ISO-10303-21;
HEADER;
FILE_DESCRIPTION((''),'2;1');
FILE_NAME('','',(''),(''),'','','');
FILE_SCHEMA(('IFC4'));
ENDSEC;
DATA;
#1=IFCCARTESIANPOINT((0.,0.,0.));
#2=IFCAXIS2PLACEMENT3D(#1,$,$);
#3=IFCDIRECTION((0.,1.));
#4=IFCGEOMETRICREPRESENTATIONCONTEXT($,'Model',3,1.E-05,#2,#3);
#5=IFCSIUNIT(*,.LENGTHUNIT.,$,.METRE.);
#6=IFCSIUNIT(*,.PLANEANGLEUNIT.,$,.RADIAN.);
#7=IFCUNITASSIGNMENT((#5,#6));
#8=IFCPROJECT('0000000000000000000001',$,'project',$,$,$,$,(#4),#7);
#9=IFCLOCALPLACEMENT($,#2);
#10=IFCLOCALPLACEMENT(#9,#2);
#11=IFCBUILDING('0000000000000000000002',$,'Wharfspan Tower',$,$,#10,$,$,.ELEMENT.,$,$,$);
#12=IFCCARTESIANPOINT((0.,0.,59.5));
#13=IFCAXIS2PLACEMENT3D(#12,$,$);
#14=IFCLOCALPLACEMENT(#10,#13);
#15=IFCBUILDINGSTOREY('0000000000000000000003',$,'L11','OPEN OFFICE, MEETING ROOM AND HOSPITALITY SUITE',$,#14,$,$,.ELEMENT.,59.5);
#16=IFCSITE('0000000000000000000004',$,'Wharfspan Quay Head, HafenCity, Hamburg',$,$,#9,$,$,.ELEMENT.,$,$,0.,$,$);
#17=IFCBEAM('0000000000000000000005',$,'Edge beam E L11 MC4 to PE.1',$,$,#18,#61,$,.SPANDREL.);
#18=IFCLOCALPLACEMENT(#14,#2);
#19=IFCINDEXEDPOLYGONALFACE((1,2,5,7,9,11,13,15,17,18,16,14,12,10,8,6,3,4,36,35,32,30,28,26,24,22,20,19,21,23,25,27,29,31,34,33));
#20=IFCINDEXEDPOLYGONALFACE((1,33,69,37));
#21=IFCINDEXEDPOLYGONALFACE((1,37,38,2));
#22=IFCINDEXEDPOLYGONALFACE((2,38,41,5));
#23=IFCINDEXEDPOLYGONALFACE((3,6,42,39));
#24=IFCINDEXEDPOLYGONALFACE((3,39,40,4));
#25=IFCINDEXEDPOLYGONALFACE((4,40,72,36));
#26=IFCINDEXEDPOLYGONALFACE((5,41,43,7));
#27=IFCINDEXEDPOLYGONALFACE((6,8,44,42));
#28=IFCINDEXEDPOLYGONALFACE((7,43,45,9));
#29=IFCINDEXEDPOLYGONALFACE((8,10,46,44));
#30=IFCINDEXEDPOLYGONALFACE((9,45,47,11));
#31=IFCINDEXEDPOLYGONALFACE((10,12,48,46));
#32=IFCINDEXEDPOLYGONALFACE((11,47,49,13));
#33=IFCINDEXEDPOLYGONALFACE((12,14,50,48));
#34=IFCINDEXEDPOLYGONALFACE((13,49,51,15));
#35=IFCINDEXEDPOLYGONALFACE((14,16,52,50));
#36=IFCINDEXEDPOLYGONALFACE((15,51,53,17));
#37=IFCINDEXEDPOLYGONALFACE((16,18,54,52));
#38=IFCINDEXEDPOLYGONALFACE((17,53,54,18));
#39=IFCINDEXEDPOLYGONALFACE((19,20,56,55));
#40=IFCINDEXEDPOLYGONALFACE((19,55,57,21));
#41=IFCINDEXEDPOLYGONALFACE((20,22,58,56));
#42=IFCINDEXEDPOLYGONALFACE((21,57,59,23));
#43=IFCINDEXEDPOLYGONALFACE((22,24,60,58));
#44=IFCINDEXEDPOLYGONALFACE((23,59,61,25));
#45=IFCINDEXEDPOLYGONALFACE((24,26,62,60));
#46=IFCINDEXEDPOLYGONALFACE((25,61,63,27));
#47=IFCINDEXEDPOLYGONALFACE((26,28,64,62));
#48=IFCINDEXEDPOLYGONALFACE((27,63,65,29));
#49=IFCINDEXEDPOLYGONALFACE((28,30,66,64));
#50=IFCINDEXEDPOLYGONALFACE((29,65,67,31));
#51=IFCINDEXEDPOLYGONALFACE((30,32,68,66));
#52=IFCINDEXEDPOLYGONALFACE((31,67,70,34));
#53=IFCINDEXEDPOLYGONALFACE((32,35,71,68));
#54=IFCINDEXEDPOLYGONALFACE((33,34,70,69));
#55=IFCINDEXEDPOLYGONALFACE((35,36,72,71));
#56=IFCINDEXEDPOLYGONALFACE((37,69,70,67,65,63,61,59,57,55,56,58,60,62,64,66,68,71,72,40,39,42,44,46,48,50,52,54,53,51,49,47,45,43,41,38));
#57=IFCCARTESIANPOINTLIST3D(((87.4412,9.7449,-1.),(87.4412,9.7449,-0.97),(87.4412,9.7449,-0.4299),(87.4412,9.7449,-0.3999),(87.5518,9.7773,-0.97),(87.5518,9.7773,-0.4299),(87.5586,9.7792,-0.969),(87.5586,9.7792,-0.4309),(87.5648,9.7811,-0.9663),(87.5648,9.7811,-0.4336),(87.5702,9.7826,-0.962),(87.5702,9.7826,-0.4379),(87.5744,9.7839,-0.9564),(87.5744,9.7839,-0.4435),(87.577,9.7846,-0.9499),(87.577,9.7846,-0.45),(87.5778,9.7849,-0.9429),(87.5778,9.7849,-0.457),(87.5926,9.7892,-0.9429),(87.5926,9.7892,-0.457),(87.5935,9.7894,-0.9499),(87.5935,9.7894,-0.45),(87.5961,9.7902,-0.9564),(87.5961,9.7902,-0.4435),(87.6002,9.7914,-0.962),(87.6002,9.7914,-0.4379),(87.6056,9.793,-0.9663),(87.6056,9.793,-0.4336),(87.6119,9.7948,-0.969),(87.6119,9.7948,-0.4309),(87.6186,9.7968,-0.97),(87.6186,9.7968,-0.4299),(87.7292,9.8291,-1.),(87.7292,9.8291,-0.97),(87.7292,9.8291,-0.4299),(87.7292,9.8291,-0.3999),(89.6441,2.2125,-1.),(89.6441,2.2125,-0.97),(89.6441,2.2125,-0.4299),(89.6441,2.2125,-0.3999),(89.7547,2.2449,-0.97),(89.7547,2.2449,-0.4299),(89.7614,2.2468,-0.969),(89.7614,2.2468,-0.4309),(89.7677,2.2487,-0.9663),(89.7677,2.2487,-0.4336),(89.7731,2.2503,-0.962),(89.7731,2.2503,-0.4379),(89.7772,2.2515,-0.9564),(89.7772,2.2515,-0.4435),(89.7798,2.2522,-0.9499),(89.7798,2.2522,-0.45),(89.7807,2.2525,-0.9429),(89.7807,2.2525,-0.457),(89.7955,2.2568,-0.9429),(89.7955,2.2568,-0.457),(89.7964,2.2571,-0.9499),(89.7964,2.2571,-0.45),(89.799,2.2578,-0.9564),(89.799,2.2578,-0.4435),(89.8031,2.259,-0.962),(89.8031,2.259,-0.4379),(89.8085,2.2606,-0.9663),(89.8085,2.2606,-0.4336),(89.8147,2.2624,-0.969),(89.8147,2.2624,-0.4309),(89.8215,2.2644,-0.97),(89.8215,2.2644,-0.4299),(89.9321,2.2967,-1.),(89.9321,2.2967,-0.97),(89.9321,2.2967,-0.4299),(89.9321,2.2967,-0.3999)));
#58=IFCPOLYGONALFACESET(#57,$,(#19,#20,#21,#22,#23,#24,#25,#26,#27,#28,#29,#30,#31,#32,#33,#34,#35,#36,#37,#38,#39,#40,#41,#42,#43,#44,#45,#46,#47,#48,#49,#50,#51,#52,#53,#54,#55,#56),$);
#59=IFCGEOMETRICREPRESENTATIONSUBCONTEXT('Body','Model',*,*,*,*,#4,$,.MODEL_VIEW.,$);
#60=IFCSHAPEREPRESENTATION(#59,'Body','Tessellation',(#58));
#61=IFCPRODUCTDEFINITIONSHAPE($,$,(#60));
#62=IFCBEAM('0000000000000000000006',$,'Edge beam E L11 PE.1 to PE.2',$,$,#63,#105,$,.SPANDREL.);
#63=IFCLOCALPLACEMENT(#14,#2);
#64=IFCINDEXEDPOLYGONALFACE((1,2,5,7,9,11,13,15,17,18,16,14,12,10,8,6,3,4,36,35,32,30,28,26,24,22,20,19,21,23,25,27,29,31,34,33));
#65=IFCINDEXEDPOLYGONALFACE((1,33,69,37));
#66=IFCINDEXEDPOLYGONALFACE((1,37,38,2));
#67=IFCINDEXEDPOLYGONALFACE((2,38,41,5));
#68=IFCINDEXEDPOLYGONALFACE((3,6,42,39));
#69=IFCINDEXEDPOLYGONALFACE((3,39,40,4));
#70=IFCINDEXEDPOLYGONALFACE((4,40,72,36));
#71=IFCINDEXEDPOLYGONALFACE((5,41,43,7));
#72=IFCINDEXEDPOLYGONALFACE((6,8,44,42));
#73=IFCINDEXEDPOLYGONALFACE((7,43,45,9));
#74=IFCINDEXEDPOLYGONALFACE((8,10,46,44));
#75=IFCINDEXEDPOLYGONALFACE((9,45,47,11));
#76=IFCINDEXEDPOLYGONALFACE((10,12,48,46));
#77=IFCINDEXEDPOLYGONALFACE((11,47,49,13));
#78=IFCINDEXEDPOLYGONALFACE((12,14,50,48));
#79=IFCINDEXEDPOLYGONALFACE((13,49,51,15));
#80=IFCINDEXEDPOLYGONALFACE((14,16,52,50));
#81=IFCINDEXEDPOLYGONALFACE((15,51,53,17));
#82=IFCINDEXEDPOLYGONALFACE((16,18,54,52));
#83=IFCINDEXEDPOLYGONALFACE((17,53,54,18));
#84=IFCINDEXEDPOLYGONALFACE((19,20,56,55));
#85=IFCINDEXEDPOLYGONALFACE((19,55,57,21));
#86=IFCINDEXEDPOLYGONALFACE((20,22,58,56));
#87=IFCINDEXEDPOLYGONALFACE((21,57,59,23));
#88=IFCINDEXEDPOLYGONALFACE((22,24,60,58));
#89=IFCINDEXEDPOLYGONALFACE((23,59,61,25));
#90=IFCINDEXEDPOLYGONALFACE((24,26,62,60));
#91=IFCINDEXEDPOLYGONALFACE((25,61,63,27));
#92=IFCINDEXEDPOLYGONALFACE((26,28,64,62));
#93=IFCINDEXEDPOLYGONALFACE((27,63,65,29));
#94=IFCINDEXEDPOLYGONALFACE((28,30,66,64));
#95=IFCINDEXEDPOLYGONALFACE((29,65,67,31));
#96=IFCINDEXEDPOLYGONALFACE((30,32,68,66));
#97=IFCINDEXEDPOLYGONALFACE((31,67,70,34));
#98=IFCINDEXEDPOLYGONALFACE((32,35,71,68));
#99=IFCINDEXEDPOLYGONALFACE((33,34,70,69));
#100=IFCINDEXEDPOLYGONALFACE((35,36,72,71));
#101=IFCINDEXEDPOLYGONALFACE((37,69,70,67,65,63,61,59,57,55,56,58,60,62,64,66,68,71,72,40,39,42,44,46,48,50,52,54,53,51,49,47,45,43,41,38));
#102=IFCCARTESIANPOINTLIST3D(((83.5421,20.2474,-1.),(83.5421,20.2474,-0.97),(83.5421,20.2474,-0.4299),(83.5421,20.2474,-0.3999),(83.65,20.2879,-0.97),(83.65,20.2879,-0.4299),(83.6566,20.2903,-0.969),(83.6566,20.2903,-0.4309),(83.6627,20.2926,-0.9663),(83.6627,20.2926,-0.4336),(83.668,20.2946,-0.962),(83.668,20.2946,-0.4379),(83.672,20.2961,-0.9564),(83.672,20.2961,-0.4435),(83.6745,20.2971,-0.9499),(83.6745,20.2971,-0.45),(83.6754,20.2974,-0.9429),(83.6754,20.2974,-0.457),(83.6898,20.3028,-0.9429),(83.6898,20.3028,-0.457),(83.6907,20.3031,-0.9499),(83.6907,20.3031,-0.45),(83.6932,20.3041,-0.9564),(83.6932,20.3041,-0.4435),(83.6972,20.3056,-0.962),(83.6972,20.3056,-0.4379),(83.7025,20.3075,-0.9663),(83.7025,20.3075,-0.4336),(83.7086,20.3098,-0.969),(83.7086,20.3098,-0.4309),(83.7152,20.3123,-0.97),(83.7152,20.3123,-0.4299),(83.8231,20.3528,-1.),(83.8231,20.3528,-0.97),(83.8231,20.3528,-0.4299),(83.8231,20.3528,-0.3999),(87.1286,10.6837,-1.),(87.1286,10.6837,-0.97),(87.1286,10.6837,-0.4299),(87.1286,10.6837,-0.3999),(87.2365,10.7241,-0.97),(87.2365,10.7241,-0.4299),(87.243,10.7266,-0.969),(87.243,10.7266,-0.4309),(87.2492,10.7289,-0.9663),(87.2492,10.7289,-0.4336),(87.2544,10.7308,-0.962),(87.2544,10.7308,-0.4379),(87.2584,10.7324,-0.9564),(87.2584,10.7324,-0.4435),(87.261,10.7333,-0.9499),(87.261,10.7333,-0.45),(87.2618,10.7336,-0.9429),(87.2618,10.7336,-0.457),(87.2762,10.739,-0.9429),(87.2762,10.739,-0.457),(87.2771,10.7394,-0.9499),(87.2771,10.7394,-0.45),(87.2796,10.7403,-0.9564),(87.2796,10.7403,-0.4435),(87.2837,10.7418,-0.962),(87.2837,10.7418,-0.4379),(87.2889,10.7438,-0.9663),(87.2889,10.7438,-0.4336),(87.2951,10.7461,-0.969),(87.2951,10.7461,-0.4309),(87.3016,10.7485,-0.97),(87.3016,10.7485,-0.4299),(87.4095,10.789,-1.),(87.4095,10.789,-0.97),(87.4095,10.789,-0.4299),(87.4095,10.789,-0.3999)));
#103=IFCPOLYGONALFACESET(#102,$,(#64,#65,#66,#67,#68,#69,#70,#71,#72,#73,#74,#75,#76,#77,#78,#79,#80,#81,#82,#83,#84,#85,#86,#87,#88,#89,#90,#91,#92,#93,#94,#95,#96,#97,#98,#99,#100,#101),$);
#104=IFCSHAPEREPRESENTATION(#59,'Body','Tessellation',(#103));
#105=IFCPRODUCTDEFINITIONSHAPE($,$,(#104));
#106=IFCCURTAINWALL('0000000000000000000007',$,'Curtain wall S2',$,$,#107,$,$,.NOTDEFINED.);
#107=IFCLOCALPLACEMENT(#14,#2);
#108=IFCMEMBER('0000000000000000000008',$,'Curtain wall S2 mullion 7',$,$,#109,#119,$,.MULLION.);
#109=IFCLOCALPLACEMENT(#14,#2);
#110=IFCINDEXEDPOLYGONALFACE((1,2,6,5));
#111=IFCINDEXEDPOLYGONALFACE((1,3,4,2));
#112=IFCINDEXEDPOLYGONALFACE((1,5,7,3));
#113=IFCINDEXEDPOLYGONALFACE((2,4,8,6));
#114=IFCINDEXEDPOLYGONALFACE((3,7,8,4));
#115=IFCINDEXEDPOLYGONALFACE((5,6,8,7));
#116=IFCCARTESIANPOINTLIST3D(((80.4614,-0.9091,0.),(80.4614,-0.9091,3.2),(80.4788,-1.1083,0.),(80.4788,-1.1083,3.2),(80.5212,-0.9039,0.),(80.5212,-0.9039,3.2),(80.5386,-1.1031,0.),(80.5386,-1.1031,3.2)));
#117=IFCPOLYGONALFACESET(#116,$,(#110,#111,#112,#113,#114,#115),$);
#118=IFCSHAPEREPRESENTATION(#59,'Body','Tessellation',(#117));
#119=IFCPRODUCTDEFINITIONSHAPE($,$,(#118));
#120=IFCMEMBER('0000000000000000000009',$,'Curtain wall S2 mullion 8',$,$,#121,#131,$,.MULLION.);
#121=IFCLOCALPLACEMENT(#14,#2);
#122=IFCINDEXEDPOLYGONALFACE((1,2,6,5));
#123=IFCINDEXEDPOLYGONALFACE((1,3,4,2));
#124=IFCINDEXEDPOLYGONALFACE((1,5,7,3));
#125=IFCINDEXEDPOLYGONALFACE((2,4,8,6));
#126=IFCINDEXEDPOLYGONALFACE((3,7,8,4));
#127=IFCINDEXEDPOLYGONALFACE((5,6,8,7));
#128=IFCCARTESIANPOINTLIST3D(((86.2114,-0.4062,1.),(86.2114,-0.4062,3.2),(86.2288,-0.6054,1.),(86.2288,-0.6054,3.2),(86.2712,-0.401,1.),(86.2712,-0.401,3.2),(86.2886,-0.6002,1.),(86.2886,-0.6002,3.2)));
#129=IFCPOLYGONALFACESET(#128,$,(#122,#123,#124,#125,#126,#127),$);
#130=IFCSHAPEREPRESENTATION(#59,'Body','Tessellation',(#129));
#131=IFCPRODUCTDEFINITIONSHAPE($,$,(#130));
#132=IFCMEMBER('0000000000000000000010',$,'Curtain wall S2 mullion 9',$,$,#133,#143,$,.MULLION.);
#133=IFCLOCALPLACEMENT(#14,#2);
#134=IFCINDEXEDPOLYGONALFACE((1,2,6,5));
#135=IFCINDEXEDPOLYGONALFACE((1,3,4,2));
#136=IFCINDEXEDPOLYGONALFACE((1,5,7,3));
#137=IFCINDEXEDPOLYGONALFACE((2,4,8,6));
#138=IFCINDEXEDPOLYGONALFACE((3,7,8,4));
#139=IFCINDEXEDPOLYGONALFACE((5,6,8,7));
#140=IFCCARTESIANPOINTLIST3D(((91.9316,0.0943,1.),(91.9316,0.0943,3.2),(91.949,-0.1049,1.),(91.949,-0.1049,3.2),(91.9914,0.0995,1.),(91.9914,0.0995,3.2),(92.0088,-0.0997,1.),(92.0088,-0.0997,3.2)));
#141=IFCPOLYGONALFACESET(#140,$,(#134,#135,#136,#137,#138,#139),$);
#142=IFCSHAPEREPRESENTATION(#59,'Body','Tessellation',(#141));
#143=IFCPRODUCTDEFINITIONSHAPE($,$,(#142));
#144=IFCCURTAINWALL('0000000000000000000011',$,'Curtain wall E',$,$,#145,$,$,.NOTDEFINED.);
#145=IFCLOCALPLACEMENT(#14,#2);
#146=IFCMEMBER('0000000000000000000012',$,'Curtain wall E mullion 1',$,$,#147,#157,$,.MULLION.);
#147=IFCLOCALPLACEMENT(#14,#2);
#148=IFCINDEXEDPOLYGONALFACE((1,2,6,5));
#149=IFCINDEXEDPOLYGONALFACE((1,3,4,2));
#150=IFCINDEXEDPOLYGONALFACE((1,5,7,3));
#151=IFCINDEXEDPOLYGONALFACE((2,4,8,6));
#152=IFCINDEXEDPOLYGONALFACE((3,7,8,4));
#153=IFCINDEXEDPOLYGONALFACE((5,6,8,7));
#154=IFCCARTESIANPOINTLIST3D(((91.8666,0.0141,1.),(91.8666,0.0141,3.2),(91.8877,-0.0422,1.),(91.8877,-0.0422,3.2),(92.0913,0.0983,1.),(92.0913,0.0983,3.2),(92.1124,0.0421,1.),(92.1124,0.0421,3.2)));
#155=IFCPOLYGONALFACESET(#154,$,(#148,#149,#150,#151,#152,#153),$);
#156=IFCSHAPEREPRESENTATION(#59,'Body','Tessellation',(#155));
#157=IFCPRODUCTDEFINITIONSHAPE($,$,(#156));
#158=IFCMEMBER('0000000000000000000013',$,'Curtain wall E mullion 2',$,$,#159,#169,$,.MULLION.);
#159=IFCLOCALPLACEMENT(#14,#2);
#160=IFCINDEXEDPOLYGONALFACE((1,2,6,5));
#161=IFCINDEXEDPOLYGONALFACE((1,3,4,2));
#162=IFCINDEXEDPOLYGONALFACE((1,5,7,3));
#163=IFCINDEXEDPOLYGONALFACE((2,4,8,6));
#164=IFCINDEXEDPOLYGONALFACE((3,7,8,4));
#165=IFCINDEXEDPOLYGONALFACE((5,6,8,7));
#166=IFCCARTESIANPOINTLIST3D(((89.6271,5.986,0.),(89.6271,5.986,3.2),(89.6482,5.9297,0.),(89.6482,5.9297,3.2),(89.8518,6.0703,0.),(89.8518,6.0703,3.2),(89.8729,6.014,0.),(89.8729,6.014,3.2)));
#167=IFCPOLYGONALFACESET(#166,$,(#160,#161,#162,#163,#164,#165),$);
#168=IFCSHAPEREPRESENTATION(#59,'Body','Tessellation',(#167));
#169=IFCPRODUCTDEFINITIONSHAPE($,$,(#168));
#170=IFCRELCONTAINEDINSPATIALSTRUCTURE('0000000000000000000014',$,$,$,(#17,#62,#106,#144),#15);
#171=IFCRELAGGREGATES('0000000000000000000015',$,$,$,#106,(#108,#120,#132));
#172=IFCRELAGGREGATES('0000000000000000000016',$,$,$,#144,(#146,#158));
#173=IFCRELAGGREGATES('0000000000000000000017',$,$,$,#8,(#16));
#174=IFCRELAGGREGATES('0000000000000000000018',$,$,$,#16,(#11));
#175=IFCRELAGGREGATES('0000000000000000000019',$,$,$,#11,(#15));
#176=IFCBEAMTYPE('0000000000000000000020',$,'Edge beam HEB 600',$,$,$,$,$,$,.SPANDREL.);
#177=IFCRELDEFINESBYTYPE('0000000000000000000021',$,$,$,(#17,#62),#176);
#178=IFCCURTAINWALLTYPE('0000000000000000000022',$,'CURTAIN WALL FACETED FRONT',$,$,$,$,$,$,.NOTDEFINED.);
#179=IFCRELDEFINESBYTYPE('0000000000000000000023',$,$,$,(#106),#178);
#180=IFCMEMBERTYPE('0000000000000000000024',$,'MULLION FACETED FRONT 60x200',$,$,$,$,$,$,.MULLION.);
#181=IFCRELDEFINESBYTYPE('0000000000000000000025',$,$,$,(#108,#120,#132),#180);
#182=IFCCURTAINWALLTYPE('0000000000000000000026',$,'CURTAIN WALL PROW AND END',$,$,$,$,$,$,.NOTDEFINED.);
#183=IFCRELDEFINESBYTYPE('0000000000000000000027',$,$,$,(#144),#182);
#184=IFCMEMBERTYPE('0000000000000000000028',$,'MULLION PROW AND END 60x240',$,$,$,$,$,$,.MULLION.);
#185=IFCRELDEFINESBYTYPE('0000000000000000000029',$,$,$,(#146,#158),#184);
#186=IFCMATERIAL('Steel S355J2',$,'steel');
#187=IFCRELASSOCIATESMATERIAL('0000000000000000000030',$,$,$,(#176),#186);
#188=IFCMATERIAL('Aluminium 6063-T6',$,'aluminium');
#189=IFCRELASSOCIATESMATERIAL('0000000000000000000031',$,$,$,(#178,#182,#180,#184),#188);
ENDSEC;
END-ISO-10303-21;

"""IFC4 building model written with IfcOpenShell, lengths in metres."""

from ifc_helpers import new_model, si_unit, direction, frame, origin, origin_2d, place, context, subcontext, project, spatial, rectangle, i_section, extrude, material, material_profile, profile_set, type_object, element, aggregate, save


model = new_model("IFC4")

# Units and contexts
model_context = context("Model", 3, precision=1e-05, world=origin(), true_north=direction((0.0, 1.0)))
body_context = subcontext(model_context, "Body", "Model", "MODEL_VIEW")
ifc_project = project(units=[si_unit("LENGTHUNIT", "METRE"), si_unit("PLANEANGLEUNIT", "RADIAN")], contexts=[model_context])

# Site, building, storey
site_placement = place(None, origin())
site = spatial("IfcSite", under=ifc_project, at=site_placement, Name="Wharfspan Quay Head, HafenCity, Hamburg", CompositionType="ELEMENT", RefElevation=0.0)
building_placement = place(site_placement, origin())
building = spatial("IfcBuilding", under=site, at=building_placement, Name="Wharfspan Tower", CompositionType="ELEMENT")
storey_placement = place(building_placement, frame((0.0, 0.0, 59.5)))
storey = spatial("IfcBuildingStorey", under=building, at=storey_placement, Name="L11", Description="OPEN OFFICE, MEETING ROOM AND HOSPITALITY SUITE", CompositionType="ELEMENT", Elevation=59.5)

# Shared definitions
ifc_material_1 = material(Name="Steel S355J2", Category="steel")

# Beams
ifc_material_profile_1 = material_profile(ifc_material_1, i_section(OverallWidth=0.3, OverallDepth=0.6001, WebThickness=0.0154, FlangeThickness=0.03, FilletRadius=0.0271, at=origin_2d()))
ifc_profile_set_1 = profile_set([ifc_material_profile_1], Name="Steel S355J2")
beam_type = type_object("IfcBeamType", Name="Edge beam HEB 600", PredefinedType="SPANDREL", material=ifc_profile_set_1)
beam_1_placement = place(storey_placement, frame((89.7881, 2.2546, -0.7), z_axis=(-0.280694, 0.959797, 0.0), x_axis=(-0.959797, -0.280694, 0.0)))
element("IfcBeam", 1, at=beam_1_placement, inside=storey, type_object=beam_type, Name="Edge beam E L11 MC4 to PE.1", PredefinedType="SPANDREL", context=body_context, shape_type="SweptSolid", body=[
    extrude(i_section(OverallWidth=0.3, OverallDepth=0.6001, WebThickness=0.0154, FlangeThickness=0.03, FilletRadius=0.0271, at=origin_2d()), origin(), (0.0, 0.0, 1.0), 7.8479),
])
beam_2_placement = place(storey_placement, frame((87.269, 10.7363, -0.7), z_axis=(-0.351126, 0.936328, 0.0), x_axis=(-0.936328, -0.351126, 0.0)))
element("IfcBeam", 2, at=beam_2_placement, inside=storey, type_object=beam_type, Name="Edge beam E L11 PE.1 to PE.2", PredefinedType="SPANDREL", context=body_context, shape_type="SweptSolid", body=[
    extrude(i_section(OverallWidth=0.3, OverallDepth=0.6001, WebThickness=0.0154, FlangeThickness=0.03, FilletRadius=0.0271, at=origin_2d()), origin(), (0.0, 0.0, 1.0), 10.2141),
])

# Curtain walls, members
ifc_material_2 = material(Name="Aluminium 6063-T6", Category="aluminium")
curtain_wall_type_1 = type_object("IfcCurtainWallType", Name="CURTAIN WALL FACETED FRONT", PredefinedType="NOTDEFINED", material=ifc_material_2)
curtain_wall_1_placement = place(storey_placement, origin())
curtain_wall_1 = element("IfcCurtainWall", 3, at=curtain_wall_1_placement, inside=storey, type_object=curtain_wall_type_1, Name="Curtain wall S2", PredefinedType="NOTDEFINED")
ifc_material_profile_2 = material_profile(ifc_material_2, rectangle(XDim=0.2, YDim=0.0601, at=origin_2d()))
ifc_profile_set_2 = profile_set([ifc_material_profile_2], Name="Aluminium 6063-T6")
member_type_1 = type_object("IfcMemberType", Name="MULLION FACETED FRONT 60x200", PredefinedType="MULLION", material=ifc_profile_set_2)
member_1_placement = place(storey_placement, frame((80.5, -1.0061, 0.0), z_axis=(0.0, 0.0, 1.0), x_axis=(-0.087156, 0.996197, 0.0)))
member_1 = element("IfcMember", 4, at=member_1_placement, type_object=member_type_1, Name="Curtain wall S2 mullion 7", PredefinedType="MULLION", context=body_context, shape_type="SweptSolid", body=[
    extrude(rectangle(XDim=0.2, YDim=0.0601, at=origin_2d()), origin(), (0.0, 0.0, 1.0), 3.2),
])
member_2_placement = place(storey_placement, frame((86.25, -0.5032, 1.0), z_axis=(0.0, 0.0, 1.0), x_axis=(-0.087156, 0.996197, 0.0)))
member_2 = element("IfcMember", 5, at=member_2_placement, type_object=member_type_1, Name="Curtain wall S2 mullion 8", PredefinedType="MULLION", context=body_context, shape_type="SweptSolid", body=[
    extrude(rectangle(XDim=0.2, YDim=0.0601, at=origin_2d()), origin(), (0.0, 0.0, 1.0), 2.2),
])
member_3_placement = place(storey_placement, frame((91.9702, -0.0027, 1.0), z_axis=(0.0, 0.0, 1.0), x_axis=(-0.087156, 0.996197, 0.0)))
member_3 = element("IfcMember", 6, at=member_3_placement, type_object=member_type_1, Name="Curtain wall S2 mullion 9", PredefinedType="MULLION", context=body_context, shape_type="SweptSolid", body=[
    extrude(rectangle(XDim=0.2, YDim=0.0601, at=origin_2d()), origin(), (0.0, 0.0, 1.0), 2.2),
])
curtain_wall_type_2 = type_object("IfcCurtainWallType", Name="CURTAIN WALL PROW AND END", PredefinedType="NOTDEFINED", material=ifc_material_2)
curtain_wall_2_placement = place(storey_placement, origin())
curtain_wall_2 = element("IfcCurtainWall", 7, at=curtain_wall_2_placement, inside=storey, type_object=curtain_wall_type_2, Name="Curtain wall E", PredefinedType="NOTDEFINED")
ifc_material_profile_3 = material_profile(ifc_material_2, rectangle(XDim=0.24, YDim=0.0601, at=origin_2d()))
ifc_profile_set_3 = profile_set([ifc_material_profile_3], Name="Aluminium 6063-T6")
member_type_2 = type_object("IfcMemberType", Name="MULLION PROW AND END 60x240", PredefinedType="MULLION", material=ifc_profile_set_3)
member_4_placement = place(storey_placement, frame((91.9895, 0.0281, 1.0), z_axis=(0.0, 0.0, 1.0), x_axis=(-0.936328, -0.351123, 0.0)))
member_4 = element("IfcMember", 8, at=member_4_placement, type_object=member_type_2, Name="Curtain wall E mullion 1", PredefinedType="MULLION", context=body_context, shape_type="SweptSolid", body=[
    extrude(rectangle(XDim=0.24, YDim=0.0601, at=origin_2d()), origin(), (0.0, 0.0, 1.0), 2.2),
])
member_5_placement = place(storey_placement, frame((89.75, 6.0, 0.0), z_axis=(0.0, 0.0, 1.0), x_axis=(-0.936328, -0.351123, 0.0)))
member_5 = element("IfcMember", 9, at=member_5_placement, type_object=member_type_2, Name="Curtain wall E mullion 2", PredefinedType="MULLION", context=body_context, shape_type="SweptSolid", body=[
    extrude(rectangle(XDim=0.24, YDim=0.0601, at=origin_2d()), origin(), (0.0, 0.0, 1.0), 3.2),
])

aggregate(curtain_wall_1, [member_1, member_2, member_3])
aggregate(curtain_wall_2, [member_4, member_5])

save(model, "model.ifc")
